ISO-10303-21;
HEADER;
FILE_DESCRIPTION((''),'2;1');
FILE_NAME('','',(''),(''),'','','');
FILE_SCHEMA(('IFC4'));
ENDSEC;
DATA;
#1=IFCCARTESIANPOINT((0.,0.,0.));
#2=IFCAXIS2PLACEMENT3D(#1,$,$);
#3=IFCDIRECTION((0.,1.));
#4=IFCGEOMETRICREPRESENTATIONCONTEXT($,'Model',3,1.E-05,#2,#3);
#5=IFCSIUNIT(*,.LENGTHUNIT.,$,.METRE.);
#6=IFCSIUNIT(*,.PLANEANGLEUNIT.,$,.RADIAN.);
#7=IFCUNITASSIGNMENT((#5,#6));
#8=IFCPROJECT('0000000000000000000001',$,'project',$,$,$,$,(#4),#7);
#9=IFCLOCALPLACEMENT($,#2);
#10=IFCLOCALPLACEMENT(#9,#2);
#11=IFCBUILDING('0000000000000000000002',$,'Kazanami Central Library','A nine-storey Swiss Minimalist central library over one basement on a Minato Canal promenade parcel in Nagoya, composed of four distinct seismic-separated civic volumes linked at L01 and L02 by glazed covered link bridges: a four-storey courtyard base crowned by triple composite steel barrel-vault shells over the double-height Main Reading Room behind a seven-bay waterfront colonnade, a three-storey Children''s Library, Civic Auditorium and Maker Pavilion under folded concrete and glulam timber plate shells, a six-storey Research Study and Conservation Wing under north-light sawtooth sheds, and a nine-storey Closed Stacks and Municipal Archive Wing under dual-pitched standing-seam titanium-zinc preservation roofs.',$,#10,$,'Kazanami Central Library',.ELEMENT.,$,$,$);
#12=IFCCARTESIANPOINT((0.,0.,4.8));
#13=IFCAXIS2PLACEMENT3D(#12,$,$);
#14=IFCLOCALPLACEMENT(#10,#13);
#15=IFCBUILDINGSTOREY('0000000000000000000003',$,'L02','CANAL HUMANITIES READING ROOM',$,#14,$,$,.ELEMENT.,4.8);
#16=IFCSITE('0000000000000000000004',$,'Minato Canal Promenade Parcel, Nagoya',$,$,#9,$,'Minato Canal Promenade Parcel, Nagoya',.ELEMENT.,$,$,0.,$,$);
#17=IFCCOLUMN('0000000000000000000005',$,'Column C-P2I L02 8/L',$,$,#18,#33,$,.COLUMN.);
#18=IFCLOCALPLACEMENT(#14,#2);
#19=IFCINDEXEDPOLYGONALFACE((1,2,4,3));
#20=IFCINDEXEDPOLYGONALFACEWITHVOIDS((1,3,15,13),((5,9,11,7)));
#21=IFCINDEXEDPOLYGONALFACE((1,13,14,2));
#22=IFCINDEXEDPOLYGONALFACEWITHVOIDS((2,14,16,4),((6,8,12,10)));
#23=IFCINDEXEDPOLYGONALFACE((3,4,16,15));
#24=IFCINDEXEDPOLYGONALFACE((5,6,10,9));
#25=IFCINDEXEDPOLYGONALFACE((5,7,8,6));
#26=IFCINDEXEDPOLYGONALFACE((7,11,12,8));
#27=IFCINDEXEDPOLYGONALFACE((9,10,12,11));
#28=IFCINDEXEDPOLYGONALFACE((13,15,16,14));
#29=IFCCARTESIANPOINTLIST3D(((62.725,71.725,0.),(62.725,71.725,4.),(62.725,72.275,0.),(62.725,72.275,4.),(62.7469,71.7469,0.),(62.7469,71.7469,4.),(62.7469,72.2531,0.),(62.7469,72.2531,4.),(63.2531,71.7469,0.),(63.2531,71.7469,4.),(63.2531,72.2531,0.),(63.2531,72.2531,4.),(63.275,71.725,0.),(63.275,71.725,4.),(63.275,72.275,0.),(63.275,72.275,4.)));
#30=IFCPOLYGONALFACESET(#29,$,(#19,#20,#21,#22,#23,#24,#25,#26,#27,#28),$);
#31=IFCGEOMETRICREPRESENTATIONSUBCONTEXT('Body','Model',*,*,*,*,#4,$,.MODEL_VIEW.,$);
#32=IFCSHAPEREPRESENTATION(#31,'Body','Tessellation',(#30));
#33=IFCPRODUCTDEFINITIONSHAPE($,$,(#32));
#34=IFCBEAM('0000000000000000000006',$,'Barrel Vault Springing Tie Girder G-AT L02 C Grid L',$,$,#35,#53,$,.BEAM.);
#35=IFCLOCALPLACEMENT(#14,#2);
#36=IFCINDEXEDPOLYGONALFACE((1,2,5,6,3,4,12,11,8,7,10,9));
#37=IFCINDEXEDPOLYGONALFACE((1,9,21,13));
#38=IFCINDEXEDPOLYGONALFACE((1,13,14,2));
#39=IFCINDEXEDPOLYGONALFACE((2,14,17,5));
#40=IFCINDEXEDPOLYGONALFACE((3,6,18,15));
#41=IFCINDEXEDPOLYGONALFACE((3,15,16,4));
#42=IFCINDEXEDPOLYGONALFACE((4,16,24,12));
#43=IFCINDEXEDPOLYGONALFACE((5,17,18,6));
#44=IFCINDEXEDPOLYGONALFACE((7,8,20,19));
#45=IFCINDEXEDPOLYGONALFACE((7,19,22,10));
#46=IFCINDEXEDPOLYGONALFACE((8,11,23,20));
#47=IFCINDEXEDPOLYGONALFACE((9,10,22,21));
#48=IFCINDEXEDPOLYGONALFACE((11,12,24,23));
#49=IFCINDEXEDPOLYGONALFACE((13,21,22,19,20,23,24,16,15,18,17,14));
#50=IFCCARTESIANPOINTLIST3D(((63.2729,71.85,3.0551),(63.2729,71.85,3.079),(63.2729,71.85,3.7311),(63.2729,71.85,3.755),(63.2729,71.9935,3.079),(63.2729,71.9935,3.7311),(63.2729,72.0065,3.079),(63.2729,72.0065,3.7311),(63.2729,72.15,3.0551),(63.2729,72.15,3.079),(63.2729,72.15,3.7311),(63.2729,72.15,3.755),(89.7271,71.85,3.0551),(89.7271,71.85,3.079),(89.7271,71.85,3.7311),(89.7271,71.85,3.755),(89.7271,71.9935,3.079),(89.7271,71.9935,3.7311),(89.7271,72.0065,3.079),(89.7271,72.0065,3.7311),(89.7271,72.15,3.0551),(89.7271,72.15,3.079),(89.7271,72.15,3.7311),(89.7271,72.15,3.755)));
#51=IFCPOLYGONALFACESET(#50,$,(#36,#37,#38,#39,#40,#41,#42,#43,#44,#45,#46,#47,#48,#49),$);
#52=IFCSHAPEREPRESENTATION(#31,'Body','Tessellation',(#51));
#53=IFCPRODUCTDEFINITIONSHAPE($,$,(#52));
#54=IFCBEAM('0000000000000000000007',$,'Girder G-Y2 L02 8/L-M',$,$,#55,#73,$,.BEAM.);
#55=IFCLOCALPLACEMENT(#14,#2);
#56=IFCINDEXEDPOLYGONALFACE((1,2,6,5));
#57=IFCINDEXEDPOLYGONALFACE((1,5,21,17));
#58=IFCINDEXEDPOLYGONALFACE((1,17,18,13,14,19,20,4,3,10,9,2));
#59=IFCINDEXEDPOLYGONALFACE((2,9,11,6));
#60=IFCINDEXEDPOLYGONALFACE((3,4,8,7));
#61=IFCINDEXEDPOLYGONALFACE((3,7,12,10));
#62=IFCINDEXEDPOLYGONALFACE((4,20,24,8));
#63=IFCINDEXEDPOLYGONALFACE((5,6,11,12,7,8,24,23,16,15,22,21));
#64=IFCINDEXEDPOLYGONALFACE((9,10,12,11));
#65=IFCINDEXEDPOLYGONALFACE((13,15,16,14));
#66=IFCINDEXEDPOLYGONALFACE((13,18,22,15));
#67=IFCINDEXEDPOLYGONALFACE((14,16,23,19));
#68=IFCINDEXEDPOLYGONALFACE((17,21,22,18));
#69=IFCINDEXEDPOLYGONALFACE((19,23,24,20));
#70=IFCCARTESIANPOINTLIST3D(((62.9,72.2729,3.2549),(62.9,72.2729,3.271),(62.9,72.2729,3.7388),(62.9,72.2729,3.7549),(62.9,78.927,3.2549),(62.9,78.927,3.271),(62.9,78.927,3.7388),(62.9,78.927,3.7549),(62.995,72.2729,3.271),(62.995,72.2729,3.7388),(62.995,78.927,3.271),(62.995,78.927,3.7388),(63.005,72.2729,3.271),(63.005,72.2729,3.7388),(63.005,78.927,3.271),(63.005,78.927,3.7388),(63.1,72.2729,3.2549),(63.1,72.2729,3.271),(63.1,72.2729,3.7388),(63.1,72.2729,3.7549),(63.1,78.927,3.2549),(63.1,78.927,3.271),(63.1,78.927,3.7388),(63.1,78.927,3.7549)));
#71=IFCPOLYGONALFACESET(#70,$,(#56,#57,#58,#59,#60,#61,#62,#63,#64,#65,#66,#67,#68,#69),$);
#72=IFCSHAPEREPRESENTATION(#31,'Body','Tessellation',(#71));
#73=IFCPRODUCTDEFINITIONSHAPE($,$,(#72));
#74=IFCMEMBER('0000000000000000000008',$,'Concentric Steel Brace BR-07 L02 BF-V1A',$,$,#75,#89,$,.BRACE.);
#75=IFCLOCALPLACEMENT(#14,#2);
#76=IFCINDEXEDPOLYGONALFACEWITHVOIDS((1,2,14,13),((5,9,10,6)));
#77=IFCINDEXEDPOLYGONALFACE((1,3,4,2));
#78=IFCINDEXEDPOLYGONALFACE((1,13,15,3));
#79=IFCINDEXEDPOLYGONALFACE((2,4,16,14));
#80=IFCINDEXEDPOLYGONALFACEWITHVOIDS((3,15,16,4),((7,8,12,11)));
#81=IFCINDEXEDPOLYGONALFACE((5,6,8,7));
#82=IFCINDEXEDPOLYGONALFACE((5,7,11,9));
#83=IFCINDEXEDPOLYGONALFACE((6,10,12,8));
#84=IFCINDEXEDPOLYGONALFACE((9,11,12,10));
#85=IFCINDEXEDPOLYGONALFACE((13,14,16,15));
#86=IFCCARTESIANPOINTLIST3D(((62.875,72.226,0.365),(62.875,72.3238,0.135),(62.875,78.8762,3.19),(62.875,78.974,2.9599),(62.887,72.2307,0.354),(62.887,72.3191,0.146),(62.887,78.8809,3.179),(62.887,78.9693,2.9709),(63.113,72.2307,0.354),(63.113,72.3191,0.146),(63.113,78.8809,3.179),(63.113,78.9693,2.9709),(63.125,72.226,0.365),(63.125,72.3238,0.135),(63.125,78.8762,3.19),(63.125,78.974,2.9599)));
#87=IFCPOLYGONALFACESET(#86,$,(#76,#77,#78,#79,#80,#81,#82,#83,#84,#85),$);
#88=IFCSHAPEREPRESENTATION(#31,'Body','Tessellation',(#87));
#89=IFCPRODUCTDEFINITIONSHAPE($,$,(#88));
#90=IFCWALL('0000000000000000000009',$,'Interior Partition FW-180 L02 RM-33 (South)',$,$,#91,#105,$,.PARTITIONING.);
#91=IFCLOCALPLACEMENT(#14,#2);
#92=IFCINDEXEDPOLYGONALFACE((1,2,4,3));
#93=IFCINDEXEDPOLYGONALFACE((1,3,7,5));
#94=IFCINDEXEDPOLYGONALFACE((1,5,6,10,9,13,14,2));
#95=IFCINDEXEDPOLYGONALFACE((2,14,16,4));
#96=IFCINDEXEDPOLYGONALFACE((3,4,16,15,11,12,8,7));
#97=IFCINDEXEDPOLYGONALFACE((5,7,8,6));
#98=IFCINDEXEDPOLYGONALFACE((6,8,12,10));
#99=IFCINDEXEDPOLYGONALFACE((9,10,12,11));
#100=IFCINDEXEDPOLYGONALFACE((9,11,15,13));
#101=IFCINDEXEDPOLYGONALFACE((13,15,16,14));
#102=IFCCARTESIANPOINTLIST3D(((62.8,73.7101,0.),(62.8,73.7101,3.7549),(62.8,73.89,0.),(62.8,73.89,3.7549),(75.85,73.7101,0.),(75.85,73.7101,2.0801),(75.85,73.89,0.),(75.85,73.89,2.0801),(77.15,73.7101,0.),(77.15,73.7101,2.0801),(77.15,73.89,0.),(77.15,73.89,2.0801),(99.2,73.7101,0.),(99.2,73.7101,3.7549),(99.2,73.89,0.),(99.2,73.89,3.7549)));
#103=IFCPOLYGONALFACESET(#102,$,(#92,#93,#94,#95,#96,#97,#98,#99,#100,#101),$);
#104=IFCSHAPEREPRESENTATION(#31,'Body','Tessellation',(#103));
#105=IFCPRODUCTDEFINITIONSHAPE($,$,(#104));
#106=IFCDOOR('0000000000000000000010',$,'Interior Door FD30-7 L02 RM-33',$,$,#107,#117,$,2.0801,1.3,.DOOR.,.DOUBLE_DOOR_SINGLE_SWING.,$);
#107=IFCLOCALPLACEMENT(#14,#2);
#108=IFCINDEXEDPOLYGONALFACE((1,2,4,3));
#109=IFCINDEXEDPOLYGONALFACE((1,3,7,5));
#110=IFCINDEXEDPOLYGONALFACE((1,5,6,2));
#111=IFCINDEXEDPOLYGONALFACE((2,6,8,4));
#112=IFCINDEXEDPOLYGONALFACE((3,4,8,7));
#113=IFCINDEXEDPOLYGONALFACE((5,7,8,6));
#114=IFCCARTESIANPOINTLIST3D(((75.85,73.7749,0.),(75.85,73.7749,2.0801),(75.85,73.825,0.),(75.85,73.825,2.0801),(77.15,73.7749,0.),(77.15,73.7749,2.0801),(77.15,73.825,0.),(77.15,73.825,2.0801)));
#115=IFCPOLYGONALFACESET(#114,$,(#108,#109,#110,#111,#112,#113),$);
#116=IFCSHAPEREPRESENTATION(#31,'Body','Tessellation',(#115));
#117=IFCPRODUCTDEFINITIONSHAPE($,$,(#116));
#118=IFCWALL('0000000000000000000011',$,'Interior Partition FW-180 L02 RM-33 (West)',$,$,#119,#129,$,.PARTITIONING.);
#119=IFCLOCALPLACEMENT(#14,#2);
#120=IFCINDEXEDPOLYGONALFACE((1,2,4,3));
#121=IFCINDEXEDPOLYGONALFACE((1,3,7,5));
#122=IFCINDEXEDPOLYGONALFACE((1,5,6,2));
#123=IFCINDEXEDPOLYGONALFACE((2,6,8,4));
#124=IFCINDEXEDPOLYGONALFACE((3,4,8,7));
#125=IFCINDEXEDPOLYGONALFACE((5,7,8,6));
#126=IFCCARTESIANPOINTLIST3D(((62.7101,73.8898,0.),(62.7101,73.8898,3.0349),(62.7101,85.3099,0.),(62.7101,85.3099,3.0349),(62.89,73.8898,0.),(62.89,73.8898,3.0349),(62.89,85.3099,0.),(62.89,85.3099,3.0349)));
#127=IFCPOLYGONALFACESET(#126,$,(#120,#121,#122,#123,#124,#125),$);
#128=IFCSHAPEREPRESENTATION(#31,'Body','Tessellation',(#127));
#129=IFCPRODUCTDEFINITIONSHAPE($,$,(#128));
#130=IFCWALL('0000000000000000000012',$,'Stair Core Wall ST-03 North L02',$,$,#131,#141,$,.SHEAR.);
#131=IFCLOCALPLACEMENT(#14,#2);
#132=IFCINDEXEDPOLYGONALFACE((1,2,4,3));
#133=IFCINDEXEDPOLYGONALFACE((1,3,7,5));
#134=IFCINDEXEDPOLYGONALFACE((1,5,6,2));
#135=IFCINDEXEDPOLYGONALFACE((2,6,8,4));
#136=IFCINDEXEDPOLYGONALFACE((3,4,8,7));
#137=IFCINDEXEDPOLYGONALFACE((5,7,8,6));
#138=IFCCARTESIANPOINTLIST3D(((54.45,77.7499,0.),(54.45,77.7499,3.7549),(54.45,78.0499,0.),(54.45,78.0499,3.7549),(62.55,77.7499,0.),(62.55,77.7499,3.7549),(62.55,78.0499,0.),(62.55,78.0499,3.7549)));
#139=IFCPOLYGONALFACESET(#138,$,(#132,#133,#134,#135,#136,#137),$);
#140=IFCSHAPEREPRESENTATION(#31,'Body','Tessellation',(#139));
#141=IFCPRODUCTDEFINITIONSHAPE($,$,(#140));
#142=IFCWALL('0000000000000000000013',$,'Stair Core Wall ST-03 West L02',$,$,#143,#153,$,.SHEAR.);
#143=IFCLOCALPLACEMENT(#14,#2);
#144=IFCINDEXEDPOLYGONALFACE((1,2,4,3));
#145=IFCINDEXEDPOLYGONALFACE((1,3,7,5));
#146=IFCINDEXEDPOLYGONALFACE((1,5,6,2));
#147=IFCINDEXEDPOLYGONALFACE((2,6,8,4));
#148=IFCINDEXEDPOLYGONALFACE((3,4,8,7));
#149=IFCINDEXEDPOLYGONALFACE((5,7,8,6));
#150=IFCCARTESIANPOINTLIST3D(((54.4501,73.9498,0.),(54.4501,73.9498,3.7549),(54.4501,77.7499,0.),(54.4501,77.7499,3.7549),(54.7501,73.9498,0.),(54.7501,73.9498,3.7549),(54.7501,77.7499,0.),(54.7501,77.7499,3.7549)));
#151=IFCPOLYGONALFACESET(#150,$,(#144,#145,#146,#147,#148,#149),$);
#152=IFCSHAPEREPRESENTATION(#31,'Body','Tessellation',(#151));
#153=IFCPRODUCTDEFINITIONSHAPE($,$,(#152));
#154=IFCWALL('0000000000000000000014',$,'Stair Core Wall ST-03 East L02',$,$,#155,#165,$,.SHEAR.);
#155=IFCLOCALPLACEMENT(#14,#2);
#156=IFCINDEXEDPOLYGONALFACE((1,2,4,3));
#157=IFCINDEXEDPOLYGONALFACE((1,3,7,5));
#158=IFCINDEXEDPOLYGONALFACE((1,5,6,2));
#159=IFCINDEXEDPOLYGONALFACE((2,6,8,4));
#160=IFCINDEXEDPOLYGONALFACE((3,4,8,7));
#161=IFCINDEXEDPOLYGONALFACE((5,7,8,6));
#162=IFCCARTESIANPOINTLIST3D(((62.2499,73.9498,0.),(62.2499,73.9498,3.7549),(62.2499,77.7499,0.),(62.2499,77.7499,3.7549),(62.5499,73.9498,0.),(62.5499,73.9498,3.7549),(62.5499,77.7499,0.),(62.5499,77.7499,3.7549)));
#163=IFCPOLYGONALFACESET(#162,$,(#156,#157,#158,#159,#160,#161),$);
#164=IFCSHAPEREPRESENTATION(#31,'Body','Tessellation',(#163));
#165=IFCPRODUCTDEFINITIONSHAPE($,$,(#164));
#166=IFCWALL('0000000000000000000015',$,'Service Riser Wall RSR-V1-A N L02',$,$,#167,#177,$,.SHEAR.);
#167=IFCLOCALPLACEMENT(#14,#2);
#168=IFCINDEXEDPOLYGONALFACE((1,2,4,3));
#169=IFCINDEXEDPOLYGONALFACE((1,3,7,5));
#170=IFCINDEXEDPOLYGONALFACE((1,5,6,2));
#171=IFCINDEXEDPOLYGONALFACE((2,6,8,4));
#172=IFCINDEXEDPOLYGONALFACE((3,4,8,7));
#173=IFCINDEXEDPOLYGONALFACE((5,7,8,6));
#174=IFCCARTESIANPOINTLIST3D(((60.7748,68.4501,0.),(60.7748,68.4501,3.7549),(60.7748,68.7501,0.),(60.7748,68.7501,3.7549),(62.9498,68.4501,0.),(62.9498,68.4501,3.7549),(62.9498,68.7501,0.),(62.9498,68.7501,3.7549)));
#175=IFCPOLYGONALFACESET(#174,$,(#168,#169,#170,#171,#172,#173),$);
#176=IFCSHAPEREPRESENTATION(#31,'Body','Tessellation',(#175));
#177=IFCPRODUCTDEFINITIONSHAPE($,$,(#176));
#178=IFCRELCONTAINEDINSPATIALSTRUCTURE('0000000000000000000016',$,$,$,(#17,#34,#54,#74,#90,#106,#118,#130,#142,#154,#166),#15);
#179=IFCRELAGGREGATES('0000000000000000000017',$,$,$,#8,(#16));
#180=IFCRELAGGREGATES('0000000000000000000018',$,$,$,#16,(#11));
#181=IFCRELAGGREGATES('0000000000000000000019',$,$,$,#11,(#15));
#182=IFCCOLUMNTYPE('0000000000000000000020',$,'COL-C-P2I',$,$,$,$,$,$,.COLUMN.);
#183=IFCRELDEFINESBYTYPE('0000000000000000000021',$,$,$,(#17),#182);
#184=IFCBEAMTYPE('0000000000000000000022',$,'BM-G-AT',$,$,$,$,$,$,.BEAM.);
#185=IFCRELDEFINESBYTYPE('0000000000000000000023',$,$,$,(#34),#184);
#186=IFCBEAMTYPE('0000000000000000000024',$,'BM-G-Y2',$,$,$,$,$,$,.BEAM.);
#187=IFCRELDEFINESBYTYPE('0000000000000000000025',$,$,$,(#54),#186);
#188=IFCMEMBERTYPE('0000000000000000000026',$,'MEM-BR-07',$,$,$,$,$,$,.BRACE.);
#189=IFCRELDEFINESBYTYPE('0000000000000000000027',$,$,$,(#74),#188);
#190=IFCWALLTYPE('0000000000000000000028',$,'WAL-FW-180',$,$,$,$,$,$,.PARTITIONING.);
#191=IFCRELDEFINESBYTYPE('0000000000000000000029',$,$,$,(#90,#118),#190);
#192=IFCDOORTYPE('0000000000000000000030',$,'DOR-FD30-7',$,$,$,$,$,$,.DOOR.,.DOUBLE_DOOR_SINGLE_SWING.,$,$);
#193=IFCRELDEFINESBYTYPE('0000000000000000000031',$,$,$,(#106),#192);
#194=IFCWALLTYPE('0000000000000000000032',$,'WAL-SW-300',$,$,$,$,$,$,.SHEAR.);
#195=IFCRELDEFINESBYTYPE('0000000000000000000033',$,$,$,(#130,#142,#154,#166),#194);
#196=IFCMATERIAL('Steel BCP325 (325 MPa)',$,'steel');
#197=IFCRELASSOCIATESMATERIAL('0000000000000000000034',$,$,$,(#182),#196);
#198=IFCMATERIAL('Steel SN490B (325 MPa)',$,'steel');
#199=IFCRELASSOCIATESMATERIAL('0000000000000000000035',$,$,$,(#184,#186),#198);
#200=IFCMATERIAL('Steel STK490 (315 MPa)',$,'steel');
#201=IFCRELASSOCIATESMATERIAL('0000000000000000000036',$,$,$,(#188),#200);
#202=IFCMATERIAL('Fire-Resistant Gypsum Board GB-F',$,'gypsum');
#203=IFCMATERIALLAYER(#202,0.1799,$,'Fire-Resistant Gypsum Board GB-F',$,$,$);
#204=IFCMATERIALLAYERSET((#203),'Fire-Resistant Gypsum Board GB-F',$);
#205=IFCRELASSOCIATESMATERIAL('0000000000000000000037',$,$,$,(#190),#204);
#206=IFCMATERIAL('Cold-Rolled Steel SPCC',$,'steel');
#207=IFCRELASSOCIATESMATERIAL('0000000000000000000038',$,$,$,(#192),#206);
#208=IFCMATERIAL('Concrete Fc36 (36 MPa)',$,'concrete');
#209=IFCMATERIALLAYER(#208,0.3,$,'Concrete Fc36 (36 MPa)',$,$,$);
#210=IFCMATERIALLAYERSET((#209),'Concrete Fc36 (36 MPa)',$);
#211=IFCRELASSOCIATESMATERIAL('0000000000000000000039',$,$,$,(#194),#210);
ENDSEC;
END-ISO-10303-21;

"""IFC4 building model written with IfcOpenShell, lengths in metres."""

from ifc_helpers import new_model, si_unit, direction, frame, frame_2d, origin, origin_2d, place, context, subcontext, project, spatial, rectangle, hollow_rectangle, i_section, extrude, material, layer, layer_set, material_profile, profile_set, type_object, element, fill, save


model = new_model("IFC4")

# Units and contexts
model_context = context("Model", 3, precision=1e-05, world=origin(), true_north=direction((0.0, 1.0)))
body_context = subcontext(model_context, "Body", "Model", "MODEL_VIEW")
ifc_project = project(units=[si_unit("LENGTHUNIT", "METRE"), si_unit("PLANEANGLEUNIT", "RADIAN")], contexts=[model_context])

# Site, building, storey
site_placement = place(None, origin())
site = spatial("IfcSite", under=ifc_project, at=site_placement, Name="Minato Canal Promenade Parcel, Nagoya", LongName="Minato Canal Promenade Parcel, Nagoya", CompositionType="ELEMENT", RefElevation=0.0)
building_placement = place(site_placement, origin())
building = spatial("IfcBuilding", under=site, at=building_placement, Name="Kazanami Central Library", Description="A nine-storey Swiss Minimalist central library over one basement on a Minato Canal promenade parcel in Nagoya, composed of four distinct seismic-separated civic volumes linked at L01 and L02 by glazed covered link bridges: a four-storey courtyard base crowned by triple composite steel barrel-vault shells over the double-height Main Reading Room behind a seven-bay waterfront colonnade, a three-storey Children's Library, Civic Auditorium and Maker Pavilion under folded concrete and glulam timber plate shells, a six-storey Research Study and Conservation Wing under north-light sawtooth sheds, and a nine-storey Closed Stacks and Municipal Archive Wing under dual-pitched standing-seam titanium-zinc preservation roofs.", LongName="Kazanami Central Library", CompositionType="ELEMENT")
storey_placement = place(building_placement, frame((0.0, 0.0, 4.8)))
storey = spatial("IfcBuildingStorey", under=building, at=storey_placement, Name="L02", Description="CANAL HUMANITIES READING ROOM", CompositionType="ELEMENT", Elevation=4.8)

# Column
ifc_material_1 = material(Name="Steel BCP325 (325 MPa)", Category="steel")
ifc_material_profile_1 = material_profile(ifc_material_1, hollow_rectangle(XDim=0.55, YDim=0.55, WallThickness=0.022, at=origin_2d()), Name="BCP-550x550x22")
ifc_profile_set_1 = profile_set([ifc_material_profile_1], Name="Steel BCP325 (325 MPa)")
column_type = type_object("IfcColumnType", Name="COL-C-P2I", PredefinedType="COLUMN", material=ifc_profile_set_1)
column_placement = place(storey_placement, frame((63.0, 72.0, 0.0), z_axis=(0.0, 0.0, 1.0), x_axis=(1.0, 0.0, 0.0)))
element("IfcColumn", 1, at=column_placement, inside=storey, type_object=column_type, Name="Column C-P2I L02 8/L", PredefinedType="COLUMN", context=body_context, shape_type="SweptSolid", body=[
    extrude(hollow_rectangle(XDim=0.55, YDim=0.55, WallThickness=0.022, at=origin_2d()), origin(), (0.0, 0.0, 1.0), 4.0),
])

# Beams
ifc_material_2 = material(Name="Steel SN490B (325 MPa)", Category="steel")
ifc_material_profile_2 = material_profile(ifc_material_2, i_section(OverallWidth=0.3, OverallDepth=0.7, WebThickness=0.0129, FlangeThickness=0.0239, at=origin_2d()), Name="H-700x300x13x24")
ifc_profile_set_2 = profile_set([ifc_material_profile_2], Name="Steel SN490B (325 MPa)")
beam_type_1 = type_object("IfcBeamType", Name="BM-G-AT", PredefinedType="BEAM", material=ifc_profile_set_2)
beam_1_placement = place(storey_placement, frame((63.2729, 72.0, 3.405), z_axis=(1.0, 0.0, 0.0), x_axis=(0.0, 1.0, 0.0)))
element("IfcBeam", 2, at=beam_1_placement, inside=storey, type_object=beam_type_1, Name="Barrel Vault Springing Tie Girder G-AT L02 C Grid L", PredefinedType="BEAM", context=body_context, shape_type="SweptSolid", body=[
    extrude(i_section(OverallWidth=0.3, OverallDepth=0.7, WebThickness=0.0129, FlangeThickness=0.0239, at=origin_2d()), origin(), (0.0, 0.0, 1.0), 26.4541),
])
ifc_material_profile_3 = material_profile(ifc_material_2, i_section(OverallWidth=0.2, OverallDepth=0.5, WebThickness=0.01, FlangeThickness=0.0161, at=origin_2d()), Name="H-500x200x10x16")
ifc_profile_set_3 = profile_set([ifc_material_profile_3], Name="Steel SN490B (325 MPa)")
beam_type_2 = type_object("IfcBeamType", Name="BM-G-Y2", PredefinedType="BEAM", material=ifc_profile_set_3)
beam_2_placement = place(storey_placement, frame((63.0, 72.2729, 3.5049), z_axis=(0.0, 1.0, 0.0), x_axis=(-1.0, 0.0, 0.0)))
element("IfcBeam", 3, at=beam_2_placement, inside=storey, type_object=beam_type_2, Name="Girder G-Y2 L02 8/L-M", PredefinedType="BEAM", context=body_context, shape_type="SweptSolid", body=[
    extrude(i_section(OverallWidth=0.2, OverallDepth=0.5, WebThickness=0.01, FlangeThickness=0.0161, at=origin_2d()), origin(), (0.0, 0.0, 1.0), 6.6541),
])

# Member
ifc_material_3 = material(Name="Steel STK490 (315 MPa)", Category="steel")
ifc_material_profile_4 = material_profile(ifc_material_3, hollow_rectangle(XDim=0.25, YDim=0.25, WallThickness=0.012, at=origin_2d()), Name="STKR-250x250x12")
ifc_profile_set_4 = profile_set([ifc_material_profile_4], Name="Steel STK490 (315 MPa)")
member_type = type_object("IfcMemberType", Name="MEM-BR-07", PredefinedType="BRACE", material=ifc_profile_set_4)
member_placement = place(storey_placement, frame((63.0, 72.2749, 0.25), z_axis=(0.0, 0.920399, 0.390981), x_axis=(-1.0, 0.0, 0.0)))
element("IfcMember", 4, at=member_placement, inside=storey, type_object=member_type, Name="Concentric Steel Brace BR-07 L02 BF-V1A", PredefinedType="BRACE", context=body_context, shape_type="SweptSolid", body=[
    extrude(hollow_rectangle(XDim=0.25, YDim=0.25, WallThickness=0.012, at=origin_2d()), origin(), (0.0, 0.0, 1.0), 7.2253),
])

# Wall, opening, door
ifc_material_4 = material(Name="Fire-Resistant Gypsum Board GB-F", Category="gypsum")
ifc_layer_1 = layer(ifc_material_4, 0.1799, Name="Fire-Resistant Gypsum Board GB-F")
ifc_layer_set_1 = layer_set([ifc_layer_1], Name="Fire-Resistant Gypsum Board GB-F")
wall_type_1 = type_object("IfcWallType", Name="WAL-FW-180", PredefinedType="PARTITIONING", material=ifc_layer_set_1)
wall_1_placement = place(storey_placement, frame((62.8, 73.8, 0.0), z_axis=(0.0, 0.0, 1.0), x_axis=(1.0, 0.0, 0.0)))
wall_1 = element("IfcWall", 5, at=wall_1_placement, inside=storey, type_object=wall_type_1, Name="Interior Partition FW-180 L02 RM-33 (South)", PredefinedType="PARTITIONING", context=body_context, shape_type="SweptSolid", body=[
    extrude(rectangle(XDim=36.3999, YDim=0.1799, at=frame_2d((18.2, 0.0))), origin(), (0.0, 0.0, 1.0), 3.7549),
])
opening_1_placement = place(wall_1_placement, frame((13.05, 0.0, 0.0)))
opening_1 = element("IfcOpeningElement", 6, at=opening_1_placement, cuts=wall_1, PredefinedType="OPENING", context=body_context, shape_type="SweptSolid", body=[
    extrude(rectangle(XDim=1.3, YDim=2.0801, at=frame_2d((0.6499, 1.04))), frame((0.0, 0.1021, 0.0), z_axis=(0.0, -1.0, 0.0), x_axis=(1.0, 0.0, 0.0)), (0.0, 0.0, 1.0), 0.2039),
])
ifc_material_5 = material(Name="Cold-Rolled Steel SPCC", Category="steel")
door_type_1 = type_object("IfcDoorType", Name="DOR-FD30-7", OperationType="DOUBLE_DOOR_SINGLE_SWING", PredefinedType="DOOR", material=ifc_material_5)
door_1_placement = place(opening_1_placement, origin())
door_1 = element("IfcDoor", 7, at=door_1_placement, inside=storey, type_object=door_type_1, Name="Interior Door FD30-7 L02 RM-33", OperationType="DOUBLE_DOOR_SINGLE_SWING", OverallHeight=2.0801, OverallWidth=1.3, PredefinedType="DOOR", context=body_context, shape_type="SweptSolid", body=[
    extrude(rectangle(XDim=1.3, YDim=2.0801, at=frame_2d((0.6499, 1.04))), frame((0.0, 0.0249, 0.0), z_axis=(0.0, -1.0, 0.0), x_axis=(1.0, 0.0, 0.0)), (0.0, 0.0, 1.0), 0.05),
])
fill(opening_1, door_1)

# Walls
wall_2_placement = place(storey_placement, frame((62.8, 73.8899, 0.0), z_axis=(0.0, 0.0, 1.0), x_axis=(0.0, 1.0, 0.0)))
element("IfcWall", 8, at=wall_2_placement, inside=storey, type_object=wall_type_1, Name="Interior Partition FW-180 L02 RM-33 (West)", PredefinedType="PARTITIONING", context=body_context, shape_type="SweptSolid", body=[
    extrude(rectangle(XDim=11.4202, YDim=0.1799, at=frame_2d((5.71, 0.0))), origin(), (0.0, 0.0, 1.0), 3.0349),
])
ifc_material_6 = material(Name="Concrete Fc36 (36 MPa)", Category="concrete")
ifc_layer_2 = layer(ifc_material_6, 0.3, Name="Concrete Fc36 (36 MPa)")
ifc_layer_set_2 = layer_set([ifc_layer_2], Name="Concrete Fc36 (36 MPa)")
wall_type_2 = type_object("IfcWallType", Name="WAL-SW-300", PredefinedType="SHEAR", material=ifc_layer_set_2)
wall_3_placement = place(storey_placement, frame((54.45, 77.8999, 0.0), z_axis=(0.0, 0.0, 1.0), x_axis=(1.0, 0.0, 0.0)))
element("IfcWall", 9, at=wall_3_placement, inside=storey, type_object=wall_type_2, Name="Stair Core Wall ST-03 North L02", PredefinedType="SHEAR", context=body_context, shape_type="SweptSolid", body=[
    extrude(rectangle(XDim=8.1001, YDim=0.3, at=frame_2d((4.05, 0.0))), origin(), (0.0, 0.0, 1.0), 3.7549),
])
for number, where, z_axis, x_axis, name in (
    (10, (54.6001, 73.95, 0.0), (0.0, 0.0, 1.0), (0.0, 1.0, 0.0), "Stair Core Wall ST-03 West L02"),
    (11, (62.3999, 73.95, 0.0), (0.0, 0.0, 1.0), (0.0, 1.0, 0.0), "Stair Core Wall ST-03 East L02"),
):
    element("IfcWall", number, at=place(storey_placement, frame(where, z_axis=z_axis, x_axis=x_axis)), inside=storey, type_object=wall_type_2, Name=name, PredefinedType="SHEAR", context=body_context, shape_type="SweptSolid", body=[
        extrude(rectangle(XDim=3.8, YDim=0.3, at=frame_2d((1.8999, 0.0))), origin(), (0.0, 0.0, 1.0), 3.7549),
    ])
wall_4_placement = place(storey_placement, frame((60.7749, 68.6001, 0.0), z_axis=(0.0, 0.0, 1.0), x_axis=(1.0, 0.0, 0.0)))
element("IfcWall", 12, at=wall_4_placement, inside=storey, type_object=wall_type_2, Name="Service Riser Wall RSR-V1-A N L02", PredefinedType="SHEAR", context=body_context, shape_type="SweptSolid", body=[
    extrude(rectangle(XDim=2.175, YDim=0.3, at=frame_2d((1.0874, 0.0))), origin(), (0.0, 0.0, 1.0), 3.7549),
])

save(model, "model.ifc")
